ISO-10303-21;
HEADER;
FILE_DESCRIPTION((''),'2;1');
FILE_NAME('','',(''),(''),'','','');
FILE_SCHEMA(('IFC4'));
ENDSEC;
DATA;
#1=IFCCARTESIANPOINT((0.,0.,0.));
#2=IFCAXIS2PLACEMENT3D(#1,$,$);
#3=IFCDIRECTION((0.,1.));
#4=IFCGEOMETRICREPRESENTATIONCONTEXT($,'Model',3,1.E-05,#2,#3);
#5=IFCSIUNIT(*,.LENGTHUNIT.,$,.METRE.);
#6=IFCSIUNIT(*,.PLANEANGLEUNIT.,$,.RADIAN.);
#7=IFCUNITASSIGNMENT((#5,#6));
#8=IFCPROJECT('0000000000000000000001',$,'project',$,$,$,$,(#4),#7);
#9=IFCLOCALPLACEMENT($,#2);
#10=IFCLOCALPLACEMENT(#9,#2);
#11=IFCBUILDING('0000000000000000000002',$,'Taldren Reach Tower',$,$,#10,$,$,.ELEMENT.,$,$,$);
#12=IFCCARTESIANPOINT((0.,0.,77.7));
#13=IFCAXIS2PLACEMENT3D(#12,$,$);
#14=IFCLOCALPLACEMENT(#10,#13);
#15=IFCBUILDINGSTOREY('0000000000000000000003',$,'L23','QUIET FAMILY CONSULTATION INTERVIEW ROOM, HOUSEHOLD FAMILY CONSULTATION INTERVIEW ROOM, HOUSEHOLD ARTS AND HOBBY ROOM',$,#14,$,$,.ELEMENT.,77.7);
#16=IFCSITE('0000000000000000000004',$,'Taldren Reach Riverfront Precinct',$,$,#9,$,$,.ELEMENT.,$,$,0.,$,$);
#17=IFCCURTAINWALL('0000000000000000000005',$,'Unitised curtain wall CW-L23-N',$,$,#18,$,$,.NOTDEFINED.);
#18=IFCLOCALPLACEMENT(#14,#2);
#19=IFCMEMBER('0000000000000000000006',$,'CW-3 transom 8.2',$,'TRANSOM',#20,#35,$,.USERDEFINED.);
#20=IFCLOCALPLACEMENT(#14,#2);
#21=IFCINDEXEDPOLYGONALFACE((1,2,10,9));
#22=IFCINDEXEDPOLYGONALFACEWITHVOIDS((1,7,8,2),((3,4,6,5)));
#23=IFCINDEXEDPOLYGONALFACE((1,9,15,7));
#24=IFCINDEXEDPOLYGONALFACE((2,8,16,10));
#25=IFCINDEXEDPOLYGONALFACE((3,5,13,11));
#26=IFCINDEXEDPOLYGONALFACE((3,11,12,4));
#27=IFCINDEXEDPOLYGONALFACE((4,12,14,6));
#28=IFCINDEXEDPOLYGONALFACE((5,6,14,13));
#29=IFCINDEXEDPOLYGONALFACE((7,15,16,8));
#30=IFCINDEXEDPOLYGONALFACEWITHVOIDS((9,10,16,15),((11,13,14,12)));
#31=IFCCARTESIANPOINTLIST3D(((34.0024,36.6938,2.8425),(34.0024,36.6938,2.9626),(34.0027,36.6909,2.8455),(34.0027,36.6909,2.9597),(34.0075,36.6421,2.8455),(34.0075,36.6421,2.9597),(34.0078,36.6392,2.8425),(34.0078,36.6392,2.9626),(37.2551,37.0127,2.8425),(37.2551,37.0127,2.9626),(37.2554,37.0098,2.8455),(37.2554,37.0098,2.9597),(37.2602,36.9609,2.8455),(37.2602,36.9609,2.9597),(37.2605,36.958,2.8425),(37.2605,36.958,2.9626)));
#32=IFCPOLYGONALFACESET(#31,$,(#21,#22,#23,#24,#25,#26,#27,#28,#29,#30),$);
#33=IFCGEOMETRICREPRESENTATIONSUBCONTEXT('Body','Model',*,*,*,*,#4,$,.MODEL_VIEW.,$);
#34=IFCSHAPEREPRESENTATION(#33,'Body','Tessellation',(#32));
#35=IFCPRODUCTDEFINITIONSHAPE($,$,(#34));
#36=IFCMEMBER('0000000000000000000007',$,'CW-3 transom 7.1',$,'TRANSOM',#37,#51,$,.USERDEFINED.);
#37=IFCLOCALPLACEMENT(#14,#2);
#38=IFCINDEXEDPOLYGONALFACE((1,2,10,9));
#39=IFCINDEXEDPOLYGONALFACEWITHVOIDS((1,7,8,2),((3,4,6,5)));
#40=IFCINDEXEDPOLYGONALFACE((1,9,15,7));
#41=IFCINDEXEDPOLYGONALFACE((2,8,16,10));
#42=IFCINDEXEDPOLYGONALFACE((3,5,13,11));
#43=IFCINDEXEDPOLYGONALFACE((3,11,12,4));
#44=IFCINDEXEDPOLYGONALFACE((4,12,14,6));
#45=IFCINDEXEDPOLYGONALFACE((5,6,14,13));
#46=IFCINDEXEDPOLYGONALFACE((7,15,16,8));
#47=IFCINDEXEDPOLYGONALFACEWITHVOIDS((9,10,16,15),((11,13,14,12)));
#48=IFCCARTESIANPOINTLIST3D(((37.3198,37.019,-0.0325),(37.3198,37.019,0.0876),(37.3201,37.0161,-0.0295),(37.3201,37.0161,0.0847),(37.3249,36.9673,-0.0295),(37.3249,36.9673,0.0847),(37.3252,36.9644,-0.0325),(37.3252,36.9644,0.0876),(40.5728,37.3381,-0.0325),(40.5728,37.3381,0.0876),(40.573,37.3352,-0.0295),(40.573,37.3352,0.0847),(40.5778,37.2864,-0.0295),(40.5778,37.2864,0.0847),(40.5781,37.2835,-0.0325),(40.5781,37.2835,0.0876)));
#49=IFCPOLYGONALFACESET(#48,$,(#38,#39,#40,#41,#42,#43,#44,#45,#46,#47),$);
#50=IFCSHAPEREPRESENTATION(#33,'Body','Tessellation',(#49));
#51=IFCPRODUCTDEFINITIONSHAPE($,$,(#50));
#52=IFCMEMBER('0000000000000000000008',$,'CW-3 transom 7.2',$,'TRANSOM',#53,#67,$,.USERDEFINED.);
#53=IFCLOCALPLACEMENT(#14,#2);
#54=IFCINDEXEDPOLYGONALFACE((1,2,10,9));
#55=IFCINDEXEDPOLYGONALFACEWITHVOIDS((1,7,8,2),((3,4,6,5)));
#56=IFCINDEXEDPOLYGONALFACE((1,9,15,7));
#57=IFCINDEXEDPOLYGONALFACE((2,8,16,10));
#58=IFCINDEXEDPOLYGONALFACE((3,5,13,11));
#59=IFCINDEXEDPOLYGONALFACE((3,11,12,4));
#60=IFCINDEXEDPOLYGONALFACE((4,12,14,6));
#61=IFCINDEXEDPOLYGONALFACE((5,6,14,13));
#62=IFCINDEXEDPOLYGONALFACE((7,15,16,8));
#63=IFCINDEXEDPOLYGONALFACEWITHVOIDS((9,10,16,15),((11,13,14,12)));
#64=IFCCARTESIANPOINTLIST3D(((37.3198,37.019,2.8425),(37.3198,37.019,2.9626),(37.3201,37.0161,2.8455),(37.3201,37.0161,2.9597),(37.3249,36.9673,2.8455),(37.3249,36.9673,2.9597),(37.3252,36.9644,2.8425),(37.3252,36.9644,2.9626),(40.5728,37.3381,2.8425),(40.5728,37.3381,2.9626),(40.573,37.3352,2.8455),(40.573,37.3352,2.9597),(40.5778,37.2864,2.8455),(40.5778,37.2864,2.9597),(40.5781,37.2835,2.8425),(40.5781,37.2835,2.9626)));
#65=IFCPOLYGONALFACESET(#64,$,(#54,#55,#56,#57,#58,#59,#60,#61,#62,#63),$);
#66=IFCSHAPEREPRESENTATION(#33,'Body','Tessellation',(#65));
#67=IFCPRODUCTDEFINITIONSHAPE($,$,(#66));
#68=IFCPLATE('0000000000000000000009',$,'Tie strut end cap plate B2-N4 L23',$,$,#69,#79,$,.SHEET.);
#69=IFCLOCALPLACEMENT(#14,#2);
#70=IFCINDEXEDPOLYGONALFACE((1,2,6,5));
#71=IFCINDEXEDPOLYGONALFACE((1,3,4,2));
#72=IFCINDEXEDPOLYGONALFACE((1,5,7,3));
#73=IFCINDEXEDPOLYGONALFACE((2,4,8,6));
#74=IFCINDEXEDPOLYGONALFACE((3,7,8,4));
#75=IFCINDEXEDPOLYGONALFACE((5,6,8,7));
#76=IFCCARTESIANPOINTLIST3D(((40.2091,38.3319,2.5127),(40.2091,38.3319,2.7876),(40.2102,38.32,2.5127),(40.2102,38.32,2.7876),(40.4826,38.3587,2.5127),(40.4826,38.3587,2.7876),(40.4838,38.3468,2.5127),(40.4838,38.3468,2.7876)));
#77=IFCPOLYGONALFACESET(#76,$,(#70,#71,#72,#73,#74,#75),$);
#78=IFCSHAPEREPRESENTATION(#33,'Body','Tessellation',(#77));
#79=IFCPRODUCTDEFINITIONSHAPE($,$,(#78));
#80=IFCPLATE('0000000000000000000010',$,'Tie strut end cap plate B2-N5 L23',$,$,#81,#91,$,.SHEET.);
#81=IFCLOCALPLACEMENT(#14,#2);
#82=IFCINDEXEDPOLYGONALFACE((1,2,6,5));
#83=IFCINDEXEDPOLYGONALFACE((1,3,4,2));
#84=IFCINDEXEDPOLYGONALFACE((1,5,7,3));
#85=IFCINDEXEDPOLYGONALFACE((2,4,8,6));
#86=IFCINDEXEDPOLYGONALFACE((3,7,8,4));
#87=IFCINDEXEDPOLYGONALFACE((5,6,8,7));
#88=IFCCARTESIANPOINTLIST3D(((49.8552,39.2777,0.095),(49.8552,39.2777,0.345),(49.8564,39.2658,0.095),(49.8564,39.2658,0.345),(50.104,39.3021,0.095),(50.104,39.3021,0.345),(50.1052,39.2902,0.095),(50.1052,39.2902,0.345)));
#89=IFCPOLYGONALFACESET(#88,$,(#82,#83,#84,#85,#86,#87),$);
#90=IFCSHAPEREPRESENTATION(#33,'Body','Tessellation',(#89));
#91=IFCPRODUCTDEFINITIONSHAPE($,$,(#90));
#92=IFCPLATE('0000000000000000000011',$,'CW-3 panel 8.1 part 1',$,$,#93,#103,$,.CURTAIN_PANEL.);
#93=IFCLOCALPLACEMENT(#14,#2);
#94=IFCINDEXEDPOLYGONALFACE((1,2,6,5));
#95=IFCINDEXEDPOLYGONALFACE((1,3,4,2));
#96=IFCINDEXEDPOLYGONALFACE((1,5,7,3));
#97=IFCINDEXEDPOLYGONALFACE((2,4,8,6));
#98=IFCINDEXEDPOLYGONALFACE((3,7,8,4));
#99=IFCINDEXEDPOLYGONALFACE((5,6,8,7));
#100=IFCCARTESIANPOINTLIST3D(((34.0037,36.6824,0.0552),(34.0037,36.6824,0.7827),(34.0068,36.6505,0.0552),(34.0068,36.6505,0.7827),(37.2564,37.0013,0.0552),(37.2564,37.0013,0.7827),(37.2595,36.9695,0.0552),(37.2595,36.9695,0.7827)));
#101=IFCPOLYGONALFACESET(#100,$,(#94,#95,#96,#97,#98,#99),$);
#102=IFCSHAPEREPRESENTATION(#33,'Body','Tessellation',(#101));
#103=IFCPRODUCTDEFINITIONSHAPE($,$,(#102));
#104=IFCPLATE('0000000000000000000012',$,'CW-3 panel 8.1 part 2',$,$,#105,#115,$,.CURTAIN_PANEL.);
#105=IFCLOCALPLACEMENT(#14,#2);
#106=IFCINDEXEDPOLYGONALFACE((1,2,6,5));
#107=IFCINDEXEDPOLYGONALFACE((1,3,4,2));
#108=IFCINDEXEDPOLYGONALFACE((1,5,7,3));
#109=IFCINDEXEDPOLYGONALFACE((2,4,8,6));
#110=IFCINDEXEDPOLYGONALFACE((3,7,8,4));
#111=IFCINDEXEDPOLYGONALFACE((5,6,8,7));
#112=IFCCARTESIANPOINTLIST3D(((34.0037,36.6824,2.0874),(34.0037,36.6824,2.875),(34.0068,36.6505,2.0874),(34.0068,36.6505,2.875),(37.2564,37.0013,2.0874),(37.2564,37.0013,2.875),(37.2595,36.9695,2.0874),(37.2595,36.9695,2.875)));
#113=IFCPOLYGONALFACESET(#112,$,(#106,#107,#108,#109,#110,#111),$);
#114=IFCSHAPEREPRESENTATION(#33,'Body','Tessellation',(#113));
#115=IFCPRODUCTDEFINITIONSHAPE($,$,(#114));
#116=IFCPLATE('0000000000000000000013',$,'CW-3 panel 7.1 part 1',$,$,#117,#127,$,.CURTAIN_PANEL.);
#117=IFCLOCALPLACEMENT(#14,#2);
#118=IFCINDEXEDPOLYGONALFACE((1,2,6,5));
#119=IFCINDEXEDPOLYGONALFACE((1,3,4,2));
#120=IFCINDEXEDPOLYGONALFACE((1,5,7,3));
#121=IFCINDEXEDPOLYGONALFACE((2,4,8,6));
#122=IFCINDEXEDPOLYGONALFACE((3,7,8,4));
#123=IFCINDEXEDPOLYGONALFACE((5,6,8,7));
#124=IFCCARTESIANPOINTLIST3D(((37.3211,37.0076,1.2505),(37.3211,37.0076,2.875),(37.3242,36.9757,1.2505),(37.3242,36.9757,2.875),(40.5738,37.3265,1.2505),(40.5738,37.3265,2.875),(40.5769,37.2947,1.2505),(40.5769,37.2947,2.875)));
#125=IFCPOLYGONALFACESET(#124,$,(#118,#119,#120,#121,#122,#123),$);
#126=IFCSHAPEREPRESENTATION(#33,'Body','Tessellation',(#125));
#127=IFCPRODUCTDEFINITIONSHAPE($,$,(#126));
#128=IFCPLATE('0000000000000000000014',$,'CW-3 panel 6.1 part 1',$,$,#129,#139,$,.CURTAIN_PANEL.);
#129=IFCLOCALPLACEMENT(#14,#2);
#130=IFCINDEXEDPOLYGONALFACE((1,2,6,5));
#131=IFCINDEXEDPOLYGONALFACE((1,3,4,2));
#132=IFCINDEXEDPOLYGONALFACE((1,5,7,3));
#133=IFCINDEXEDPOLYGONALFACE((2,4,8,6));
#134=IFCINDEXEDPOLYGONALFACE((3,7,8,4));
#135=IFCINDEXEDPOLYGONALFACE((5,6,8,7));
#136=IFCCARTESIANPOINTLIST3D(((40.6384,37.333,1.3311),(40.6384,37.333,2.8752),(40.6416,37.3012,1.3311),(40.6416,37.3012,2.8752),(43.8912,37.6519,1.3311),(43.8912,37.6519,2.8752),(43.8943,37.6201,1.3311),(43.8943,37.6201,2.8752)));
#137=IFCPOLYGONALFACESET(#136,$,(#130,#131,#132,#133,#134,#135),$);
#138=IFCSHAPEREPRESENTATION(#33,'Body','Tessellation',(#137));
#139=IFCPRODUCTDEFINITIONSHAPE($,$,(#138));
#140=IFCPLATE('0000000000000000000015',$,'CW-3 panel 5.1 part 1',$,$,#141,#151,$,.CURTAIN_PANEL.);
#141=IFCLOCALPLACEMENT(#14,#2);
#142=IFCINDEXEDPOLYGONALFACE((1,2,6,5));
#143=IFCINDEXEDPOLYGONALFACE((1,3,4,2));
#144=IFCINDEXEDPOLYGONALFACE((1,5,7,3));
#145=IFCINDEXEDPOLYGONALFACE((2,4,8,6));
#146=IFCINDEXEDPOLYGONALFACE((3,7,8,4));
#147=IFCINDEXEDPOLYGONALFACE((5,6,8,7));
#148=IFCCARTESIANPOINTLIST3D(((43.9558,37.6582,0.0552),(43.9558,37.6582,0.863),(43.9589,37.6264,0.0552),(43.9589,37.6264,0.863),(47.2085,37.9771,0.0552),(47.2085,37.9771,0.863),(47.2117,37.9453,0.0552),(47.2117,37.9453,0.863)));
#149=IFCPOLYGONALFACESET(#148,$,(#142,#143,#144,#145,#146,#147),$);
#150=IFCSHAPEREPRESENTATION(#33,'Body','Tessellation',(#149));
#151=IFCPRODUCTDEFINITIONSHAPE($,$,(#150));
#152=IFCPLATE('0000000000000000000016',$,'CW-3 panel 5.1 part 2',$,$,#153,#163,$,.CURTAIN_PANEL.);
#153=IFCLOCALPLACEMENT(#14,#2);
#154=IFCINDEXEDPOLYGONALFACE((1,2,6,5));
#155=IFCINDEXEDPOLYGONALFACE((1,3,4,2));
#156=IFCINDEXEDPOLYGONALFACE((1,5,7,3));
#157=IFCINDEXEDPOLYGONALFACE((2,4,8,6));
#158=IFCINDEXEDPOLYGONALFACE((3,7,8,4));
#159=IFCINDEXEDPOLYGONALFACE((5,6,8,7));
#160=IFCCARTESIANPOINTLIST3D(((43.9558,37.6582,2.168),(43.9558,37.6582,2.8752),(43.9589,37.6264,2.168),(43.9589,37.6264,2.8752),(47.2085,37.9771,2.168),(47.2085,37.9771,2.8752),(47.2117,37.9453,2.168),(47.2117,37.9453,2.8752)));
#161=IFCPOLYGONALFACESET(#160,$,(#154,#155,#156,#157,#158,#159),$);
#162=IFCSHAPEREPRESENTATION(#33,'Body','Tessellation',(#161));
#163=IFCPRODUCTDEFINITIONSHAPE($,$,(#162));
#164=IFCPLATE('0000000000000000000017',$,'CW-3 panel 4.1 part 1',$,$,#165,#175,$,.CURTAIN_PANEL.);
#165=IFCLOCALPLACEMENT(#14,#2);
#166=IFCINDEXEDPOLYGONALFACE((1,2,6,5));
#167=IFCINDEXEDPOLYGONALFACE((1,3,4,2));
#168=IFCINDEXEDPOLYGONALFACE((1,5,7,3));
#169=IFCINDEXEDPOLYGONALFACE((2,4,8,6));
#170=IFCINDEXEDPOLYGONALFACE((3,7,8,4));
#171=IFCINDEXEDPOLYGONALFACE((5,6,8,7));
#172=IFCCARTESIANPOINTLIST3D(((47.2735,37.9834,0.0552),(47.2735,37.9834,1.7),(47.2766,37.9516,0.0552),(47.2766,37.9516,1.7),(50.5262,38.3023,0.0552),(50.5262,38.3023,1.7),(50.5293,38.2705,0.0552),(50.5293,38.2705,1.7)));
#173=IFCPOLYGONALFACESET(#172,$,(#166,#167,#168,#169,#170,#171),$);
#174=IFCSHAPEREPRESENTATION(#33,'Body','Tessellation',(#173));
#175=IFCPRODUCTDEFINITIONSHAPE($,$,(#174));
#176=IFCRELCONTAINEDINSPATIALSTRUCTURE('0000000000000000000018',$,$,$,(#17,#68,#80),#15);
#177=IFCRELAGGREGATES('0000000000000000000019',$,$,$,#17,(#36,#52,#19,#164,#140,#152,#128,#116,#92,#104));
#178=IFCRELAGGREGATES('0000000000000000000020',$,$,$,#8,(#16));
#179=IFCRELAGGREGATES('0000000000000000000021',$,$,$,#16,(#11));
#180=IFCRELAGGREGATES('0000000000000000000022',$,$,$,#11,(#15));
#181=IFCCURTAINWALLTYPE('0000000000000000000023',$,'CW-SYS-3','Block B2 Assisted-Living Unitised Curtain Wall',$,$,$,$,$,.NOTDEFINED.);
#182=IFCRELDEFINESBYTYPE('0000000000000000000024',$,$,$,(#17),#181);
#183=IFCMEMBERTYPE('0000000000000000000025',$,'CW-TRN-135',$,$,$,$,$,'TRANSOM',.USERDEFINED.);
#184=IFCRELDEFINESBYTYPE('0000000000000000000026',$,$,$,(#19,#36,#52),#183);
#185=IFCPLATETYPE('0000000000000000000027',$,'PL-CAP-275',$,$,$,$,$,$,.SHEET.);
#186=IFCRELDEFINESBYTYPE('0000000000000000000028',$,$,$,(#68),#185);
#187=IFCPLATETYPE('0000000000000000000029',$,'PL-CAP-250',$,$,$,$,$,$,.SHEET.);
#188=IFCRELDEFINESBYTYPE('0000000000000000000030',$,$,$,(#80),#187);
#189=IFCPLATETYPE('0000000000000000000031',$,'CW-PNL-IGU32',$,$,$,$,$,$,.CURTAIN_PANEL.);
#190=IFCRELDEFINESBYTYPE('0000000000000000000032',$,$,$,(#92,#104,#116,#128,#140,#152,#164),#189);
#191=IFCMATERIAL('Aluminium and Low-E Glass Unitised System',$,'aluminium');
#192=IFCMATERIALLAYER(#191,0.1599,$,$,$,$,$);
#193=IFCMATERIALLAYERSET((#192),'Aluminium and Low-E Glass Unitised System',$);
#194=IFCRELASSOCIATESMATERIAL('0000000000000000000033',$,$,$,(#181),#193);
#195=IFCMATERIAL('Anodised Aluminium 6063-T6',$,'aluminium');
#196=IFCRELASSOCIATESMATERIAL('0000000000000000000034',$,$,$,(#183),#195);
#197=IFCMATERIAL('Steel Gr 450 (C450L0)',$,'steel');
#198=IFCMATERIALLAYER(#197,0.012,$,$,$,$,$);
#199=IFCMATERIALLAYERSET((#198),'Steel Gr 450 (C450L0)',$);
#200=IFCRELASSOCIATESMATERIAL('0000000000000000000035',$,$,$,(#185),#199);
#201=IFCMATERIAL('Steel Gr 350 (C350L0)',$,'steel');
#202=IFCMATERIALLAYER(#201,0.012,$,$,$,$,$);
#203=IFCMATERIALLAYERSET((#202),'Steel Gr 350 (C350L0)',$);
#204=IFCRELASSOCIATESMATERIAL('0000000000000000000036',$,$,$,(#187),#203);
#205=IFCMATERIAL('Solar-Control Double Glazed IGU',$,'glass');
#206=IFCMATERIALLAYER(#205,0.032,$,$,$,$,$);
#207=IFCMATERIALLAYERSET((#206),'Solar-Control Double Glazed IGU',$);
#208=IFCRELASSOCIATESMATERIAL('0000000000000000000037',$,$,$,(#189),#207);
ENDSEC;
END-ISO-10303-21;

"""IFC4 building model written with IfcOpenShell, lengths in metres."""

from ifc_helpers import new_model, si_unit, direction, frame, origin, origin_2d, place, context, subcontext, project, spatial, rectangle, hollow_rectangle, extrude, source, transform, mapped, material, layer, layer_set, material_profile, profile_set, type_object, element, aggregate, save


model = new_model("IFC4")

# Units and contexts
model_context = context("Model", 3, precision=1e-05, world=origin(), true_north=direction((0.0, 1.0)))
body_context = subcontext(model_context, "Body", "Model", "MODEL_VIEW")
ifc_project = project(units=[si_unit("LENGTHUNIT", "METRE"), si_unit("PLANEANGLEUNIT", "RADIAN")], contexts=[model_context])

# Site, building, storey
site_placement = place(None, origin())
site = spatial("IfcSite", under=ifc_project, at=site_placement, Name="Taldren Reach Riverfront Precinct", CompositionType="ELEMENT", RefElevation=0.0)
building_placement = place(site_placement, origin())
building = spatial("IfcBuilding", under=site, at=building_placement, Name="Taldren Reach Tower", CompositionType="ELEMENT")
storey_placement = place(building_placement, frame((0.0, 0.0, 77.7)))
storey = spatial("IfcBuildingStorey", under=building, at=storey_placement, Name="L23", Description="QUIET FAMILY CONSULTATION INTERVIEW ROOM, HOUSEHOLD FAMILY CONSULTATION INTERVIEW ROOM, HOUSEHOLD ARTS AND HOBBY ROOM", CompositionType="ELEMENT", Elevation=77.7)

# Shared definitions
ifc_material_1 = material(Name="Steel Gr 450 (C450L0)", Category="steel")
ifc_material_2 = material(Name="Steel Gr 350 (C350L0)", Category="steel")

# Curtain wall, members
ifc_material_3 = material(Name="Aluminium and Low-E Glass Unitised System", Category="aluminium")
ifc_layer_1 = layer(ifc_material_3, 0.1599)
ifc_layer_set_1 = layer_set([ifc_layer_1], Name="Aluminium and Low-E Glass Unitised System")
curtain_wall_type = type_object("IfcCurtainWallType", Name="CW-SYS-3", Description="Block B2 Assisted-Living Unitised Curtain Wall", PredefinedType="NOTDEFINED", material=ifc_layer_set_1)
curtain_wall_placement = place(storey_placement, origin())
curtain_wall = element("IfcCurtainWall", 1, at=curtain_wall_placement, inside=storey, type_object=curtain_wall_type, Name="Unitised curtain wall CW-L23-N", PredefinedType="NOTDEFINED")
ifc_material_4 = material(Name="Anodised Aluminium 6063-T6", Category="aluminium")
ifc_material_profile_1 = material_profile(ifc_material_4, hollow_rectangle(XDim=0.0549, YDim=0.1201, WallThickness=0.0029, at=origin_2d()), Name="ALU-120x55x3RHS")
ifc_profile_set_1 = profile_set([ifc_material_profile_1], Name="Anodised Aluminium 6063-T6")
member_type_1 = type_object("IfcMemberType", Name="CW-TRN-135", ElementType="TRANSOM", PredefinedType="USERDEFINED", material=ifc_profile_set_1)
shared_shape_1 = source(origin(), body_context, "Body", "SweptSolid", [
    extrude(hollow_rectangle(XDim=0.0549, YDim=0.1201, WallThickness=0.0029, at=origin_2d()), origin(), (0.0, 0.0, 1.0), 3.2683),
])
member_1_placement = place(storey_placement, frame((37.2578, 36.9854, 2.9026), z_axis=(-0.99523, -0.097558, 0.0), x_axis=(0.097558, -0.99523, 0.0)))
member_1 = element("IfcMember", 2, at=member_1_placement, type_object=member_type_1, Name="CW-3 transom 8.2", ObjectType="TRANSOM", PredefinedType="USERDEFINED", context=body_context, shape_type="MappedRepresentation", body=[
    mapped(shared_shape_1, transform((0.0, 0.0, 0.0), scale=1.0)),
])
shared_shape_2 = source(origin(), body_context, "Body", "SweptSolid", [
    extrude(hollow_rectangle(XDim=0.0549, YDim=0.1201, WallThickness=0.0029, at=origin_2d()), origin(), (0.0, 0.0, 1.0), 3.2686),
])
member_2_placement = place(storey_placement, frame((40.5754, 37.3108, 0.0276), z_axis=(-0.995223, -0.097625, 0.0), x_axis=(0.097625, -0.995223, 0.0)))
member_2 = element("IfcMember", 3, at=member_2_placement, type_object=member_type_1, Name="CW-3 transom 7.1", ObjectType="TRANSOM", PredefinedType="USERDEFINED", context=body_context, shape_type="MappedRepresentation", body=[
    mapped(shared_shape_2, transform((0.0, 0.0, 0.0), scale=1.0)),
])
member_3_placement = place(storey_placement, frame((40.5754, 37.3108, 2.9026), z_axis=(-0.995223, -0.097625, 0.0), x_axis=(0.097625, -0.995223, 0.0)))
member_3 = element("IfcMember", 4, at=member_3_placement, type_object=member_type_1, Name="CW-3 transom 7.2", ObjectType="TRANSOM", PredefinedType="USERDEFINED", context=body_context, shape_type="MappedRepresentation", body=[
    mapped(shared_shape_2, transform((0.0, 0.0, 0.0), scale=1.0)),
])

# Plates
ifc_layer_2 = layer(ifc_material_1, 0.012)
ifc_layer_set_2 = layer_set([ifc_layer_2], Name="Steel Gr 450 (C450L0)")
plate_type_1 = type_object("IfcPlateType", Name="PL-CAP-275", PredefinedType="SHEET", material=ifc_layer_set_2)
shared_shape_3 = source(origin(), body_context, "Body", "SweptSolid", [
    extrude(rectangle(XDim=0.2749, YDim=0.012, at=origin_2d()), origin(), (0.0, 0.0, 1.0), 0.2749),
])
plate_1_placement = place(storey_placement, frame((40.3464, 38.3394, 2.5127), z_axis=(0.0, 0.0, 1.0), x_axis=(0.995227, 0.097583, 0.0)))
element("IfcPlate", 5, at=plate_1_placement, inside=storey, type_object=plate_type_1, Name="Tie strut end cap plate B2-N4 L23", PredefinedType="SHEET", context=body_context, shape_type="MappedRepresentation", body=[
    mapped(shared_shape_3, transform((0.0, 0.0, 0.0), scale=1.0)),
])
ifc_layer_3 = layer(ifc_material_2, 0.012)
ifc_layer_set_3 = layer_set([ifc_layer_3], Name="Steel Gr 350 (C350L0)")
plate_type_2 = type_object("IfcPlateType", Name="PL-CAP-250", PredefinedType="SHEET", material=ifc_layer_set_3)
shared_shape_4 = source(origin(), body_context, "Body", "SweptSolid", [
    extrude(rectangle(XDim=0.25, YDim=0.012, at=origin_2d()), origin(), (0.0, 0.0, 1.0), 0.25),
])
plate_2_placement = place(storey_placement, frame((49.9802, 39.2839, 0.095), z_axis=(0.0, 0.0, 1.0), x_axis=(0.995227, 0.097583, 0.0)))
element("IfcPlate", 6, at=plate_2_placement, inside=storey, type_object=plate_type_2, Name="Tie strut end cap plate B2-N5 L23", PredefinedType="SHEET", context=body_context, shape_type="MappedRepresentation", body=[
    mapped(shared_shape_4, transform((0.0, 0.0, 0.0), scale=1.0)),
])

# Plates
ifc_material_5 = material(Name="Solar-Control Double Glazed IGU", Category="glass")
ifc_layer_4 = layer(ifc_material_5, 0.032)
ifc_layer_set_4 = layer_set([ifc_layer_4], Name="Solar-Control Double Glazed IGU")
plate_type_3 = type_object("IfcPlateType", Name="CW-PNL-IGU32", PredefinedType="CURTAIN_PANEL", material=ifc_layer_set_4)
shared_shape_5 = source(origin(), body_context, "Body", "SweptSolid", [
    extrude(rectangle(XDim=3.2683, YDim=0.032, at=origin_2d()), origin(), (0.0, 0.0, 1.0), 0.7275),
])
plate_3_placement = place(storey_placement, frame((35.6316, 36.8259, 0.0552), z_axis=(0.0, 0.0, 1.0), x_axis=(-0.995227, -0.097583, 0.0)))
plate_3 = element("IfcPlate", 7, at=plate_3_placement, type_object=plate_type_3, Name="CW-3 panel 8.1 part 1", PredefinedType="CURTAIN_PANEL", context=body_context, shape_type="MappedRepresentation", body=[
    mapped(shared_shape_5, transform((0.0, 0.0, 0.0), scale=1.0)),
])
shared_shape_6 = source(origin(), body_context, "Body", "SweptSolid", [
    extrude(rectangle(XDim=3.2683, YDim=0.032, at=origin_2d()), origin(), (0.0, 0.0, 1.0), 0.7876),
])
plate_4_placement = place(storey_placement, frame((35.6316, 36.8259, 2.0874), z_axis=(0.0, 0.0, 1.0), x_axis=(-0.995227, -0.097583, 0.0)))
plate_4 = element("IfcPlate", 8, at=plate_4_placement, type_object=plate_type_3, Name="CW-3 panel 8.1 part 2", PredefinedType="CURTAIN_PANEL", context=body_context, shape_type="MappedRepresentation", body=[
    mapped(shared_shape_6, transform((0.0, 0.0, 0.0), scale=1.0)),
])
shared_shape_7 = source(origin(), body_context, "Body", "SweptSolid", [
    extrude(rectangle(XDim=3.2683, YDim=0.032, at=origin_2d()), origin(), (0.0, 0.0, 1.0), 1.6245),
])
plate_5_placement = place(storey_placement, frame((38.949, 37.1511, 1.2505), z_axis=(0.0, 0.0, 1.0), x_axis=(-0.995227, -0.097583, 0.0)))
plate_5 = element("IfcPlate", 9, at=plate_5_placement, type_object=plate_type_3, Name="CW-3 panel 7.1 part 1", PredefinedType="CURTAIN_PANEL", context=body_context, shape_type="MappedRepresentation", body=[
    mapped(shared_shape_7, transform((0.0, 0.0, 0.0), scale=1.0)),
])
shared_shape_8 = source(origin(), body_context, "Body", "SweptSolid", [
    extrude(rectangle(XDim=3.2683, YDim=0.032, at=origin_2d()), origin(), (0.0, 0.0, 1.0), 1.5442),
])
plate_6_placement = place(storey_placement, frame((42.2664, 37.4766, 1.3311), z_axis=(0.0, 0.0, 1.0), x_axis=(-0.995227, -0.097583, 0.0)))
plate_6 = element("IfcPlate", 10, at=plate_6_placement, type_object=plate_type_3, Name="CW-3 panel 6.1 part 1", PredefinedType="CURTAIN_PANEL", context=body_context, shape_type="MappedRepresentation", body=[
    mapped(shared_shape_8, transform((0.0, 0.0, 0.0), scale=1.0)),
])
shared_shape_9 = source(origin(), body_context, "Body", "SweptSolid", [
    extrude(rectangle(XDim=3.2683, YDim=0.032, at=origin_2d()), origin(), (0.0, 0.0, 1.0), 0.8079),
])
plate_7_placement = place(storey_placement, frame((45.5837, 37.8018, 0.0552), z_axis=(0.0, 0.0, 1.0), x_axis=(-0.995227, -0.097583, 0.0)))
plate_7 = element("IfcPlate", 11, at=plate_7_placement, type_object=plate_type_3, Name="CW-3 panel 5.1 part 1", PredefinedType="CURTAIN_PANEL", context=body_context, shape_type="MappedRepresentation", body=[
    mapped(shared_shape_9, transform((0.0, 0.0, 0.0), scale=1.0)),
])
shared_shape_10 = source(origin(), body_context, "Body", "SweptSolid", [
    extrude(rectangle(XDim=3.2683, YDim=0.032, at=origin_2d()), origin(), (0.0, 0.0, 1.0), 0.7073),
])
plate_8_placement = place(storey_placement, frame((45.5837, 37.8018, 2.168), z_axis=(0.0, 0.0, 1.0), x_axis=(-0.995227, -0.097583, 0.0)))
plate_8 = element("IfcPlate", 12, at=plate_8_placement, type_object=plate_type_3, Name="CW-3 panel 5.1 part 2", PredefinedType="CURTAIN_PANEL", context=body_context, shape_type="MappedRepresentation", body=[
    mapped(shared_shape_10, transform((0.0, 0.0, 0.0), scale=1.0)),
])
shared_shape_11 = source(origin(), body_context, "Body", "SweptSolid", [
    extrude(rectangle(XDim=3.2683, YDim=0.032, at=origin_2d()), origin(), (0.0, 0.0, 1.0), 1.6448),
])
plate_9_placement = place(storey_placement, frame((48.9014, 38.127, 0.0552), z_axis=(0.0, 0.0, 1.0), x_axis=(-0.995227, -0.097583, 0.0)))
plate_9 = element("IfcPlate", 13, at=plate_9_placement, type_object=plate_type_3, Name="CW-3 panel 4.1 part 1", PredefinedType="CURTAIN_PANEL", context=body_context, shape_type="MappedRepresentation", body=[
    mapped(shared_shape_11, transform((0.0, 0.0, 0.0), scale=1.0)),
])
aggregate(curtain_wall, [member_2, member_3, member_1, plate_9, plate_7, plate_8, plate_6, plate_5, plate_3, plate_4])

save(model, "model.ifc")
